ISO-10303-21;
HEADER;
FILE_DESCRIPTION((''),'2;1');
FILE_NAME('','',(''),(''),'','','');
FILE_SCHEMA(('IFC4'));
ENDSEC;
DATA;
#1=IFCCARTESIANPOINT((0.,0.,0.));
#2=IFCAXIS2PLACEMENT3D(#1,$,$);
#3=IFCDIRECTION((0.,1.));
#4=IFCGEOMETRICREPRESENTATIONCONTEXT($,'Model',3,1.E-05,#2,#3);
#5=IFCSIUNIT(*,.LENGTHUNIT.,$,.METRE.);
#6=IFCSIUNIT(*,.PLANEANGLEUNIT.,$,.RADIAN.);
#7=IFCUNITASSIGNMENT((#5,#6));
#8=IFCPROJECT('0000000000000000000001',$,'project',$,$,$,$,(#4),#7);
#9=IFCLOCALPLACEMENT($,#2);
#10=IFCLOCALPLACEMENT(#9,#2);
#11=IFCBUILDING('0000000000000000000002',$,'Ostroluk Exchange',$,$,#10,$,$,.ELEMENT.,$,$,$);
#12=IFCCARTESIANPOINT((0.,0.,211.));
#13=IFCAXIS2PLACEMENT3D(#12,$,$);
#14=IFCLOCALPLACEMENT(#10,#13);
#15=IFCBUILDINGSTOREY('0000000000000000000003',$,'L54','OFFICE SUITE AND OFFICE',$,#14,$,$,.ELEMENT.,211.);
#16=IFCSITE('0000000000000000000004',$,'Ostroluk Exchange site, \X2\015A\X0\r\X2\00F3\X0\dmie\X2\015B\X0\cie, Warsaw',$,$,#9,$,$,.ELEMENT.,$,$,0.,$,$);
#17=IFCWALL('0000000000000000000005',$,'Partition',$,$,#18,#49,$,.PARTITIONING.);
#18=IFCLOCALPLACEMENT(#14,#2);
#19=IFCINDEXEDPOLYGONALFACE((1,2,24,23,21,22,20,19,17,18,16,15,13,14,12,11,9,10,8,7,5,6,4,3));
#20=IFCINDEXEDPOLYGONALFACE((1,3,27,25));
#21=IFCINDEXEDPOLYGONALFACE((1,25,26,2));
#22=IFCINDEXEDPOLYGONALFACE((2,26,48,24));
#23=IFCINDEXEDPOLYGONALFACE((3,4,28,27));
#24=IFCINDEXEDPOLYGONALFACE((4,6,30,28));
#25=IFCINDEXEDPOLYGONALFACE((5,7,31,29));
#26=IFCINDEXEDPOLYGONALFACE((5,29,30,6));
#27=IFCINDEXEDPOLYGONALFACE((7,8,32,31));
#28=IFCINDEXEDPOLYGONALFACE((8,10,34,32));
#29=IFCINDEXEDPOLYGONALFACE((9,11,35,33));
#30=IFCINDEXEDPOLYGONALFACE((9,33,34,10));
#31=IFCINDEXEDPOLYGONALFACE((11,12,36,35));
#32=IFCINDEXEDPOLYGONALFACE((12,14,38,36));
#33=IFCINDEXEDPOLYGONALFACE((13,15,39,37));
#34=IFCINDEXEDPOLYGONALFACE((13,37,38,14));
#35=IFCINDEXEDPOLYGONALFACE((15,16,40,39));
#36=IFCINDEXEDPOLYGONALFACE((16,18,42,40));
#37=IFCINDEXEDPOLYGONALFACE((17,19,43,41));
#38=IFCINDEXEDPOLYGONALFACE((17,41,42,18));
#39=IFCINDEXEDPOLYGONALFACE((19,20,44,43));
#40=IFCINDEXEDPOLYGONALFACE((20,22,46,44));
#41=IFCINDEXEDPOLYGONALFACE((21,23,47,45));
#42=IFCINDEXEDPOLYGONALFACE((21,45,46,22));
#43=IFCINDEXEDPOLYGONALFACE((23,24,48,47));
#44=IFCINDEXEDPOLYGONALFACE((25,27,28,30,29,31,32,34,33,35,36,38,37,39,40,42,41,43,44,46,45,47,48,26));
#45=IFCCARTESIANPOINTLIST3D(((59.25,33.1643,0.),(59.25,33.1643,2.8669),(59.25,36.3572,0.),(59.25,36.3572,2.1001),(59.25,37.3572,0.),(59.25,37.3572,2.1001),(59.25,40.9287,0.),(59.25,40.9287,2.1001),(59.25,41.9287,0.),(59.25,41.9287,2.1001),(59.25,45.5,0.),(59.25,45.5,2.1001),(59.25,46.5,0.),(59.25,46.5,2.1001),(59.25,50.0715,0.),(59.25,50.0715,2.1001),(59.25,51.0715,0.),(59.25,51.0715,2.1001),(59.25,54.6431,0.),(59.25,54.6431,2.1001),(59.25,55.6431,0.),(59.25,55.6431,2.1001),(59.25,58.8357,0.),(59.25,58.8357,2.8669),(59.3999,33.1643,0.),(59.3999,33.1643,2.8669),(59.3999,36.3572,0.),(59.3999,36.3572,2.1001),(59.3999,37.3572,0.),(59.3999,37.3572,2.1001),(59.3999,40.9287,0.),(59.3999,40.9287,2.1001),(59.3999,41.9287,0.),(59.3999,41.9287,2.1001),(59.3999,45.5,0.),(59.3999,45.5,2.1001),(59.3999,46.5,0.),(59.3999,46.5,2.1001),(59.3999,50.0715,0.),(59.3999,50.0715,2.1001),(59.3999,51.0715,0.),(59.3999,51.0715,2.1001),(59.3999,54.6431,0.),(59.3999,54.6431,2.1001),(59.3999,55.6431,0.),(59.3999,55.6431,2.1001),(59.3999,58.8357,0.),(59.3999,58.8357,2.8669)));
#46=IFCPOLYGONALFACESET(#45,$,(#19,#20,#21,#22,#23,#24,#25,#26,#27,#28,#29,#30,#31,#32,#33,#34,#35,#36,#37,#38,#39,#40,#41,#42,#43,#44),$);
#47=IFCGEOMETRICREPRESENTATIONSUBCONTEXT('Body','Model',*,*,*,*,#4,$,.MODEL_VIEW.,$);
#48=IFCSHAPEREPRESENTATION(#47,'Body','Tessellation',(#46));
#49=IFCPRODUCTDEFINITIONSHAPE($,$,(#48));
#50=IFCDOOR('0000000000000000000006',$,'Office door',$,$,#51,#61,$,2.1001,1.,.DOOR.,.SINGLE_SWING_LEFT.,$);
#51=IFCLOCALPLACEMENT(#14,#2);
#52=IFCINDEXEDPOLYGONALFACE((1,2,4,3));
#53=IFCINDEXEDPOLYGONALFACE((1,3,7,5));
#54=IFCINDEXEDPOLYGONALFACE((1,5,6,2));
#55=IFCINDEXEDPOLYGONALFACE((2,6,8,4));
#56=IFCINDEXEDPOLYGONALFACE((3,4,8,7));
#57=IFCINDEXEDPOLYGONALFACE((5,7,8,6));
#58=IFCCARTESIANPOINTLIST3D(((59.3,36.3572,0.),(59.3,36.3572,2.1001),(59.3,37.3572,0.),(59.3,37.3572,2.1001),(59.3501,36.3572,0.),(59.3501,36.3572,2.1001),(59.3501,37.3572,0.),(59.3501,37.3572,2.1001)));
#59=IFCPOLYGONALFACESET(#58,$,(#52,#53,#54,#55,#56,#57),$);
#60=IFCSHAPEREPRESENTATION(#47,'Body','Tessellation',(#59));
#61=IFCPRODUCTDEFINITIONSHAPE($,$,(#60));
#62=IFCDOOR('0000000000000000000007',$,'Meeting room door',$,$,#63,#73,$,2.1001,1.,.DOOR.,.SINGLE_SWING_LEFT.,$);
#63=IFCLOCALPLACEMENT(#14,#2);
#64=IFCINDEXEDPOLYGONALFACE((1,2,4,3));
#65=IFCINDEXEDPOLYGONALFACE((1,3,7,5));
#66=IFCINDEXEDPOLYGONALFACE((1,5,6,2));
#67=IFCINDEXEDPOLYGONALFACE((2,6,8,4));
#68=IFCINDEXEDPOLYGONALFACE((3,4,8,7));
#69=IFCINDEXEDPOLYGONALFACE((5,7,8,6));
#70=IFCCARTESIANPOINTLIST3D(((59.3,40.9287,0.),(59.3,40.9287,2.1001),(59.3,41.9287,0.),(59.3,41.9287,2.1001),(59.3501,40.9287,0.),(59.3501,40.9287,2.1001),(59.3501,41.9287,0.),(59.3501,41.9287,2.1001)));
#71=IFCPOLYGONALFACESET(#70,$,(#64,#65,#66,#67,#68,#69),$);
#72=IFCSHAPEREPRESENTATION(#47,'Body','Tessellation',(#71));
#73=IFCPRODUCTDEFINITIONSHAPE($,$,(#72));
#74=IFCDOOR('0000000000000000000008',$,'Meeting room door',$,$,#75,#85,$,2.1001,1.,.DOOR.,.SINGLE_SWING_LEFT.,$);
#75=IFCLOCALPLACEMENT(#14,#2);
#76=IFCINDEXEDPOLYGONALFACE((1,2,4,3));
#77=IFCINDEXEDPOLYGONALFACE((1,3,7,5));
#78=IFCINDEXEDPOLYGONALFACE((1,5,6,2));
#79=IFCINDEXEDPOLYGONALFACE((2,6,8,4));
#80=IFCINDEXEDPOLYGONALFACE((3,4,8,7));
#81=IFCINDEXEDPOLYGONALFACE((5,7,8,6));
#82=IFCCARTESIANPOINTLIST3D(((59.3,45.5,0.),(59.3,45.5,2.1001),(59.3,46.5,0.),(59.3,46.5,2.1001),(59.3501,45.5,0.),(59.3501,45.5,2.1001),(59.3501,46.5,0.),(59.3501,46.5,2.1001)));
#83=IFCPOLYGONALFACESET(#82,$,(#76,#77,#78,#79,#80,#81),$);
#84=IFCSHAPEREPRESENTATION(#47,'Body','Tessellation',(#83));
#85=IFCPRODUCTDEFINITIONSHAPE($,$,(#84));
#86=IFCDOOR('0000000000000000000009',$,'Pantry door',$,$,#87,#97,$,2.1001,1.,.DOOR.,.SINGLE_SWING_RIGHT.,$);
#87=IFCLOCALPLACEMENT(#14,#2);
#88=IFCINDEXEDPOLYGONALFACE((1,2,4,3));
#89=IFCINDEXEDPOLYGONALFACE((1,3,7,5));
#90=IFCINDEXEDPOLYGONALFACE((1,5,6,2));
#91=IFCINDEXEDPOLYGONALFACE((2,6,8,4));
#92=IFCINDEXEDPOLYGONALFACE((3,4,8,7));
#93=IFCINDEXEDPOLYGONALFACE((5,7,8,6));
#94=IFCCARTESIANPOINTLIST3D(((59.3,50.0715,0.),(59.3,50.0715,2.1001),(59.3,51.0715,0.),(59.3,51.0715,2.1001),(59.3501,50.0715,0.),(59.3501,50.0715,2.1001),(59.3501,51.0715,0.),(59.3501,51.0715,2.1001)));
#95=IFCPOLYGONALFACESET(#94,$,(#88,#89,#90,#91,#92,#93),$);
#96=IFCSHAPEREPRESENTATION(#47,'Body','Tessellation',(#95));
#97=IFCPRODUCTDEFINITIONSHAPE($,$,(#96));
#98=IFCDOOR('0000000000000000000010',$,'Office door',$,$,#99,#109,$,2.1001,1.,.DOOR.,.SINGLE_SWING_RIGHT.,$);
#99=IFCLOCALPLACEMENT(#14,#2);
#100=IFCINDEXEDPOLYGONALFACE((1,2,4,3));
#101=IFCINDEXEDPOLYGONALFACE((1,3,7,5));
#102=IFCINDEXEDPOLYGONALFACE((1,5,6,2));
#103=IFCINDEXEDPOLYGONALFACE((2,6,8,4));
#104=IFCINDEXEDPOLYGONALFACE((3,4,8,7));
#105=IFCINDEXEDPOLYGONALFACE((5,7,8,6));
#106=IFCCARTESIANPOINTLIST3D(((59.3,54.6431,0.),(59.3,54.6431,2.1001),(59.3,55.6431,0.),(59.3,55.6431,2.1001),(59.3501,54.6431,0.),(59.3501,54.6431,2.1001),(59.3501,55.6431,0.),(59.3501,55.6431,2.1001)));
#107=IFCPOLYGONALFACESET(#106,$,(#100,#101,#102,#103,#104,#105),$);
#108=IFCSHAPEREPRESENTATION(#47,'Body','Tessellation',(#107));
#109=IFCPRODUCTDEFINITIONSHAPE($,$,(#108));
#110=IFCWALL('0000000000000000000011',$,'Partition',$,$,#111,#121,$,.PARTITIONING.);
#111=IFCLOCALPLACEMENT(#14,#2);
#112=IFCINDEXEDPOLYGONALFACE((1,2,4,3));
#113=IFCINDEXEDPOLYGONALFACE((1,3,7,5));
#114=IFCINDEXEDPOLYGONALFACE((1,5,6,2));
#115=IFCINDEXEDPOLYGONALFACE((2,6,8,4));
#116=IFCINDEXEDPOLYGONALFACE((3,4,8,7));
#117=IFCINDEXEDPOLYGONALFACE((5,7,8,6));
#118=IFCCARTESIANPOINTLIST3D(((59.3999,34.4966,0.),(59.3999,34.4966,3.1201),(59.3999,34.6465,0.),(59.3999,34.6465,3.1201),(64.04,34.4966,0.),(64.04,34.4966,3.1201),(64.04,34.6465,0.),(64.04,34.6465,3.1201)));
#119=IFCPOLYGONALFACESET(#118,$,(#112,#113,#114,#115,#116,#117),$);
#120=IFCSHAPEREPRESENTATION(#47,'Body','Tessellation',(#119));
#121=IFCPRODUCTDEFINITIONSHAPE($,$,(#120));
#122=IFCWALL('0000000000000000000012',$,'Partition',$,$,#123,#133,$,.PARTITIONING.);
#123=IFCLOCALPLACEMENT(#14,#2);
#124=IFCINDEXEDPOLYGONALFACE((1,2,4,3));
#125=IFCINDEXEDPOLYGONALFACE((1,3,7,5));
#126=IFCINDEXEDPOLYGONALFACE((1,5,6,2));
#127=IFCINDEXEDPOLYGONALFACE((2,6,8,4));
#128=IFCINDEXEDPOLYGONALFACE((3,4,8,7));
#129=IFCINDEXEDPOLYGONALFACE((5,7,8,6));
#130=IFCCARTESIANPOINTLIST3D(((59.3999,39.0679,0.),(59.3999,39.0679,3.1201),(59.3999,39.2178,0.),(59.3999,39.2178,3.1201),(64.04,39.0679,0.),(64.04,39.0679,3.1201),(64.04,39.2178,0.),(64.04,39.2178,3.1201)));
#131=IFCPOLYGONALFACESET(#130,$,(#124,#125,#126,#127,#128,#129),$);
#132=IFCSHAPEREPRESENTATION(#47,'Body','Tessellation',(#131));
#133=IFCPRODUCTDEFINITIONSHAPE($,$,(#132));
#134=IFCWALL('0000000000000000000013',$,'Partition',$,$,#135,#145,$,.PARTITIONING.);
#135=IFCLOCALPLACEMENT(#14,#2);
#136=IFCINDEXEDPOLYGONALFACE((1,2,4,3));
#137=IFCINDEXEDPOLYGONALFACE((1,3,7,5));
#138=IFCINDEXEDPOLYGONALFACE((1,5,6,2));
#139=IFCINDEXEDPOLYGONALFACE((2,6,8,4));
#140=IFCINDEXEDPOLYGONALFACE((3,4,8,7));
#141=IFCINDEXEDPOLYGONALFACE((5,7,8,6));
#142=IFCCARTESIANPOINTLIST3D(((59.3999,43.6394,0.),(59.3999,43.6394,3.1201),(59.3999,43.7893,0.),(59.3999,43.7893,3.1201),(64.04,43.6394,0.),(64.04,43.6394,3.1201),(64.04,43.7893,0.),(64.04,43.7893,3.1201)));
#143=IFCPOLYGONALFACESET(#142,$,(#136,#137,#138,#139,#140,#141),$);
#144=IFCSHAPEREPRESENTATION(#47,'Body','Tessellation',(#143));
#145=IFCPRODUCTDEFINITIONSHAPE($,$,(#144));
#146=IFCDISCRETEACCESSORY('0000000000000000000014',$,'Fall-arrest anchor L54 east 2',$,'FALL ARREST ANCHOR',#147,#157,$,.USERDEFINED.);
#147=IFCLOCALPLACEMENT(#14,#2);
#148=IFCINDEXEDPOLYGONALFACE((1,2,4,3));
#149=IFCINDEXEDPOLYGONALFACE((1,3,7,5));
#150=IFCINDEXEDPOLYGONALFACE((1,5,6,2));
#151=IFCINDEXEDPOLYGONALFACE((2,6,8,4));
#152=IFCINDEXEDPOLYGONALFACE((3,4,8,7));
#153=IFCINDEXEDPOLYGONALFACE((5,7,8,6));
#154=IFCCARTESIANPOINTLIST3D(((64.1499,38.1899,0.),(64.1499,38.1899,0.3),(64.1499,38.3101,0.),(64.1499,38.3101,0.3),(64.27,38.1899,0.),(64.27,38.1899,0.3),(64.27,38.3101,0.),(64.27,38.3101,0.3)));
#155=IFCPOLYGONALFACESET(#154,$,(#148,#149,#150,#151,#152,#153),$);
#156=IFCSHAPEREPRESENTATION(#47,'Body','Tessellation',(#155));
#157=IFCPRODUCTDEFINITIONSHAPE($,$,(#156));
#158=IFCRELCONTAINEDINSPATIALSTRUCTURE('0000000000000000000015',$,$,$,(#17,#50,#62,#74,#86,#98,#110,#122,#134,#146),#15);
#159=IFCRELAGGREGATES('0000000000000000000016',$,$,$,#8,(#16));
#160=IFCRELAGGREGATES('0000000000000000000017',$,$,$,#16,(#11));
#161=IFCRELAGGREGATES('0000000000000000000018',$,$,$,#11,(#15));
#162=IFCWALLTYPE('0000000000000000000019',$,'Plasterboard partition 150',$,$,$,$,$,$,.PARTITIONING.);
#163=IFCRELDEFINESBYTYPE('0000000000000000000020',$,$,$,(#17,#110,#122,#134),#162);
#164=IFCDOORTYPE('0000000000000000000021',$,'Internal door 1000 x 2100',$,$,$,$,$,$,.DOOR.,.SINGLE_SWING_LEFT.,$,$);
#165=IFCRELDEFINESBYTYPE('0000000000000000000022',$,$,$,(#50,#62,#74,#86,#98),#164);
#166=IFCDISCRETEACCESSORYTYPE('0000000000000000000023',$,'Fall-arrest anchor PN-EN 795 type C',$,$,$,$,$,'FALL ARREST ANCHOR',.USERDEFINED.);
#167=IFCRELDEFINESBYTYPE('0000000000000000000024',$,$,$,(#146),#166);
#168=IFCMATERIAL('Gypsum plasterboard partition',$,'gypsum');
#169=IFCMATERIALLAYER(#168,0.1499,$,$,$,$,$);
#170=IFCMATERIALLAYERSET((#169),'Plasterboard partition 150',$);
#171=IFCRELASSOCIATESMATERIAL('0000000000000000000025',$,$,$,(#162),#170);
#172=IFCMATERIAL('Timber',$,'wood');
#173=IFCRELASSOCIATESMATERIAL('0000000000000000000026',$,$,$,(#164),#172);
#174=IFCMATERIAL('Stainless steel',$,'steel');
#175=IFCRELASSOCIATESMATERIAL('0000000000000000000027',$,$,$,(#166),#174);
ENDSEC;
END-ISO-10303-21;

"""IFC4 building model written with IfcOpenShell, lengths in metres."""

from ifc_helpers import new_model, si_unit, direction, frame, frame_2d, origin, origin_2d, place, context, subcontext, project, spatial, rectangle, extrude, material, layer, layer_set, type_object, element, fill, save


model = new_model("IFC4")

# Units and contexts
model_context = context("Model", 3, precision=1e-05, world=origin(), true_north=direction((0.0, 1.0)))
body_context = subcontext(model_context, "Body", "Model", "MODEL_VIEW")
ifc_project = project(units=[si_unit("LENGTHUNIT", "METRE"), si_unit("PLANEANGLEUNIT", "RADIAN")], contexts=[model_context])

# Site, building, storey
site_placement = place(None, origin())
site = spatial("IfcSite", under=ifc_project, at=site_placement, Name="Ostroluk Exchange site, Śródmieście, Warsaw", CompositionType="ELEMENT", RefElevation=0.0)
building_placement = place(site_placement, origin())
building = spatial("IfcBuilding", under=site, at=building_placement, Name="Ostroluk Exchange", CompositionType="ELEMENT")
storey_placement = place(building_placement, frame((0.0, 0.0, 211.0)))
storey = spatial("IfcBuildingStorey", under=building, at=storey_placement, Name="L54", Description="OFFICE SUITE AND OFFICE", CompositionType="ELEMENT", Elevation=211.0)

# Shared definitions
ifc_material_1 = material(Name="Gypsum plasterboard partition", Category="gypsum")
ifc_layer_1 = layer(ifc_material_1, 0.1499)
ifc_layer_set_1 = layer_set([ifc_layer_1], Name="Plasterboard partition 150")
wall_type = type_object("IfcWallType", Name="Plasterboard partition 150", PredefinedType="PARTITIONING", material=ifc_layer_set_1)
ifc_material_2 = material(Name="Timber", Category="wood")
door_type = type_object("IfcDoorType", Name="Internal door 1000 x 2100", OperationType="SINGLE_SWING_LEFT", PredefinedType="DOOR", material=ifc_material_2)

# Wall, openings, doors
wall_1_placement = place(storey_placement, frame((59.325, 33.1643, 0.0), z_axis=(0.0, 0.0, 1.0), x_axis=(0.0, 1.0, 0.0)))
wall_1 = element("IfcWall", 1, at=wall_1_placement, inside=storey, type_object=wall_type, Name="Partition", PredefinedType="PARTITIONING", context=body_context, shape_type="SweptSolid", body=[
    extrude(rectangle(XDim=25.6714, YDim=0.1499, at=frame_2d((12.8357, 0.0))), origin(), (0.0, 0.0, 1.0), 2.8669),
])
opening_1_placement = place(wall_1_placement, frame((3.1929, 0.0, 0.0)))
opening_1 = element("IfcOpeningElement", 2, at=opening_1_placement, cuts=wall_1, PredefinedType="OPENING", context=body_context, shape_type="SweptSolid", body=[
    extrude(rectangle(XDim=1.0, YDim=2.1001, at=frame_2d((0.5, 1.05))), frame((0.0, 0.085, 0.0), z_axis=(0.0, -1.0, 0.0), x_axis=(1.0, 0.0, 0.0)), (0.0, 0.0, 1.0), 0.1699),
])
opening_2_placement = place(wall_1_placement, frame((7.7644, 0.0, 0.0)))
opening_2 = element("IfcOpeningElement", 3, at=opening_2_placement, cuts=wall_1, PredefinedType="OPENING", context=body_context, shape_type="SweptSolid", body=[
    extrude(rectangle(XDim=1.0, YDim=2.1001, at=frame_2d((0.5, 1.05))), frame((0.0, 0.085, 0.0), z_axis=(0.0, -1.0, 0.0), x_axis=(1.0, 0.0, 0.0)), (0.0, 0.0, 1.0), 0.1699),
])
opening_3_placement = place(wall_1_placement, frame((12.3357, 0.0, 0.0)))
opening_3 = element("IfcOpeningElement", 4, at=opening_3_placement, cuts=wall_1, PredefinedType="OPENING", context=body_context, shape_type="SweptSolid", body=[
    extrude(rectangle(XDim=1.0, YDim=2.1001, at=frame_2d((0.5, 1.05))), frame((0.0, 0.085, 0.0), z_axis=(0.0, -1.0, 0.0), x_axis=(1.0, 0.0, 0.0)), (0.0, 0.0, 1.0), 0.1699),
])
opening_4_placement = place(wall_1_placement, frame((16.9072, 0.0, 0.0)))
opening_4 = element("IfcOpeningElement", 5, at=opening_4_placement, cuts=wall_1, PredefinedType="OPENING", context=body_context, shape_type="SweptSolid", body=[
    extrude(rectangle(XDim=1.0, YDim=2.1001, at=frame_2d((0.5, 1.05))), frame((0.0, 0.085, 0.0), z_axis=(0.0, -1.0, 0.0), x_axis=(1.0, 0.0, 0.0)), (0.0, 0.0, 1.0), 0.1699),
])
opening_5_placement = place(wall_1_placement, frame((21.4788, 0.0, 0.0)))
opening_5 = element("IfcOpeningElement", 6, at=opening_5_placement, cuts=wall_1, PredefinedType="OPENING", context=body_context, shape_type="SweptSolid", body=[
    extrude(rectangle(XDim=1.0, YDim=2.1001, at=frame_2d((0.5, 1.05))), frame((0.0, 0.085, 0.0), z_axis=(0.0, -1.0, 0.0), x_axis=(1.0, 0.0, 0.0)), (0.0, 0.0, 1.0), 0.1699),
])
door_1_placement = place(opening_1_placement, origin())
door_1 = element("IfcDoor", 7, at=door_1_placement, inside=storey, type_object=door_type, Name="Office door", OperationType="SINGLE_SWING_LEFT", OverallHeight=2.1001, OverallWidth=1.0, PredefinedType="DOOR", context=body_context, shape_type="SweptSolid", body=[
    extrude(rectangle(XDim=1.0, YDim=2.1001, at=frame_2d((0.5, 1.05))), frame((0.0, 0.0249, 0.0), z_axis=(0.0, -1.0, 0.0), x_axis=(1.0, 0.0, 0.0)), (0.0, 0.0, 1.0), 0.05),
])
fill(opening_1, door_1)
door_2_placement = place(opening_2_placement, origin())
door_2 = element("IfcDoor", 8, at=door_2_placement, inside=storey, type_object=door_type, Name="Meeting room door", OperationType="SINGLE_SWING_LEFT", OverallHeight=2.1001, OverallWidth=1.0, PredefinedType="DOOR", context=body_context, shape_type="SweptSolid", body=[
    extrude(rectangle(XDim=1.0, YDim=2.1001, at=frame_2d((0.5, 1.05))), frame((0.0, 0.0249, 0.0), z_axis=(0.0, -1.0, 0.0), x_axis=(1.0, 0.0, 0.0)), (0.0, 0.0, 1.0), 0.05),
])
fill(opening_2, door_2)
door_3_placement = place(opening_3_placement, origin())
door_3 = element("IfcDoor", 9, at=door_3_placement, inside=storey, type_object=door_type, Name="Meeting room door", OperationType="SINGLE_SWING_LEFT", OverallHeight=2.1001, OverallWidth=1.0, PredefinedType="DOOR", context=body_context, shape_type="SweptSolid", body=[
    extrude(rectangle(XDim=1.0, YDim=2.1001, at=frame_2d((0.5, 1.05))), frame((0.0, 0.0249, 0.0), z_axis=(0.0, -1.0, 0.0), x_axis=(1.0, 0.0, 0.0)), (0.0, 0.0, 1.0), 0.05),
])
fill(opening_3, door_3)
door_4_placement = place(opening_4_placement, origin())
door_4 = element("IfcDoor", 10, at=door_4_placement, inside=storey, type_object=door_type, Name="Pantry door", OperationType="SINGLE_SWING_RIGHT", OverallHeight=2.1001, OverallWidth=1.0, PredefinedType="DOOR", context=body_context, shape_type="SweptSolid", body=[
    extrude(rectangle(XDim=1.0, YDim=2.1001, at=frame_2d((0.5, 1.05))), frame((0.0, 0.0249, 0.0), z_axis=(0.0, -1.0, 0.0), x_axis=(1.0, 0.0, 0.0)), (0.0, 0.0, 1.0), 0.05),
])
fill(opening_4, door_4)
door_5_placement = place(opening_5_placement, origin())
door_5 = element("IfcDoor", 11, at=door_5_placement, inside=storey, type_object=door_type, Name="Office door", OperationType="SINGLE_SWING_RIGHT", OverallHeight=2.1001, OverallWidth=1.0, PredefinedType="DOOR", context=body_context, shape_type="SweptSolid", body=[
    extrude(rectangle(XDim=1.0, YDim=2.1001, at=frame_2d((0.5, 1.05))), frame((0.0, 0.0249, 0.0), z_axis=(0.0, -1.0, 0.0), x_axis=(1.0, 0.0, 0.0)), (0.0, 0.0, 1.0), 0.05),
])
fill(opening_5, door_5)

# Walls
for number, where, z_axis, x_axis, name in (
    (12, (59.3999, 34.5715, 0.0), (0.0, 0.0, 1.0), (1.0, 0.0, 0.0), "Partition"),
    (13, (59.3999, 39.1428, 0.0), (0.0, 0.0, 1.0), (1.0, 0.0, 0.0), "Partition"),
    (14, (59.3999, 43.7144, 0.0), (0.0, 0.0, 1.0), (1.0, 0.0, 0.0), "Partition"),
):
    element("IfcWall", number, at=place(storey_placement, frame(where, z_axis=z_axis, x_axis=x_axis)), inside=storey, type_object=wall_type, Name=name, PredefinedType="PARTITIONING", context=body_context, shape_type="SweptSolid", body=[
        extrude(rectangle(XDim=4.6401, YDim=0.1499, at=frame_2d((2.3201, 0.0))), origin(), (0.0, 0.0, 1.0), 3.1201),
    ])

# Discrete accessory
ifc_material_3 = material(Name="Stainless steel", Category="steel")
discrete_accessory_type = type_object("IfcDiscreteAccessoryType", Name="Fall-arrest anchor PN-EN 795 type C", ElementType="FALL ARREST ANCHOR", PredefinedType="USERDEFINED", material=ifc_material_3)
discrete_accessory_placement = place(storey_placement, frame((64.21, 38.25, 0.0), z_axis=(0.0, 0.0, 1.0), x_axis=(1.0, 0.0, 0.0)))
element("IfcDiscreteAccessory", 15, at=discrete_accessory_placement, inside=storey, type_object=discrete_accessory_type, Name="Fall-arrest anchor L54 east 2", ObjectType="FALL ARREST ANCHOR", PredefinedType="USERDEFINED", context=body_context, shape_type="SweptSolid", body=[
    extrude(rectangle(XDim=0.1201, YDim=0.1201, at=origin_2d()), origin(), (0.0, 0.0, 1.0), 0.3),
])

save(model, "model.ifc")
